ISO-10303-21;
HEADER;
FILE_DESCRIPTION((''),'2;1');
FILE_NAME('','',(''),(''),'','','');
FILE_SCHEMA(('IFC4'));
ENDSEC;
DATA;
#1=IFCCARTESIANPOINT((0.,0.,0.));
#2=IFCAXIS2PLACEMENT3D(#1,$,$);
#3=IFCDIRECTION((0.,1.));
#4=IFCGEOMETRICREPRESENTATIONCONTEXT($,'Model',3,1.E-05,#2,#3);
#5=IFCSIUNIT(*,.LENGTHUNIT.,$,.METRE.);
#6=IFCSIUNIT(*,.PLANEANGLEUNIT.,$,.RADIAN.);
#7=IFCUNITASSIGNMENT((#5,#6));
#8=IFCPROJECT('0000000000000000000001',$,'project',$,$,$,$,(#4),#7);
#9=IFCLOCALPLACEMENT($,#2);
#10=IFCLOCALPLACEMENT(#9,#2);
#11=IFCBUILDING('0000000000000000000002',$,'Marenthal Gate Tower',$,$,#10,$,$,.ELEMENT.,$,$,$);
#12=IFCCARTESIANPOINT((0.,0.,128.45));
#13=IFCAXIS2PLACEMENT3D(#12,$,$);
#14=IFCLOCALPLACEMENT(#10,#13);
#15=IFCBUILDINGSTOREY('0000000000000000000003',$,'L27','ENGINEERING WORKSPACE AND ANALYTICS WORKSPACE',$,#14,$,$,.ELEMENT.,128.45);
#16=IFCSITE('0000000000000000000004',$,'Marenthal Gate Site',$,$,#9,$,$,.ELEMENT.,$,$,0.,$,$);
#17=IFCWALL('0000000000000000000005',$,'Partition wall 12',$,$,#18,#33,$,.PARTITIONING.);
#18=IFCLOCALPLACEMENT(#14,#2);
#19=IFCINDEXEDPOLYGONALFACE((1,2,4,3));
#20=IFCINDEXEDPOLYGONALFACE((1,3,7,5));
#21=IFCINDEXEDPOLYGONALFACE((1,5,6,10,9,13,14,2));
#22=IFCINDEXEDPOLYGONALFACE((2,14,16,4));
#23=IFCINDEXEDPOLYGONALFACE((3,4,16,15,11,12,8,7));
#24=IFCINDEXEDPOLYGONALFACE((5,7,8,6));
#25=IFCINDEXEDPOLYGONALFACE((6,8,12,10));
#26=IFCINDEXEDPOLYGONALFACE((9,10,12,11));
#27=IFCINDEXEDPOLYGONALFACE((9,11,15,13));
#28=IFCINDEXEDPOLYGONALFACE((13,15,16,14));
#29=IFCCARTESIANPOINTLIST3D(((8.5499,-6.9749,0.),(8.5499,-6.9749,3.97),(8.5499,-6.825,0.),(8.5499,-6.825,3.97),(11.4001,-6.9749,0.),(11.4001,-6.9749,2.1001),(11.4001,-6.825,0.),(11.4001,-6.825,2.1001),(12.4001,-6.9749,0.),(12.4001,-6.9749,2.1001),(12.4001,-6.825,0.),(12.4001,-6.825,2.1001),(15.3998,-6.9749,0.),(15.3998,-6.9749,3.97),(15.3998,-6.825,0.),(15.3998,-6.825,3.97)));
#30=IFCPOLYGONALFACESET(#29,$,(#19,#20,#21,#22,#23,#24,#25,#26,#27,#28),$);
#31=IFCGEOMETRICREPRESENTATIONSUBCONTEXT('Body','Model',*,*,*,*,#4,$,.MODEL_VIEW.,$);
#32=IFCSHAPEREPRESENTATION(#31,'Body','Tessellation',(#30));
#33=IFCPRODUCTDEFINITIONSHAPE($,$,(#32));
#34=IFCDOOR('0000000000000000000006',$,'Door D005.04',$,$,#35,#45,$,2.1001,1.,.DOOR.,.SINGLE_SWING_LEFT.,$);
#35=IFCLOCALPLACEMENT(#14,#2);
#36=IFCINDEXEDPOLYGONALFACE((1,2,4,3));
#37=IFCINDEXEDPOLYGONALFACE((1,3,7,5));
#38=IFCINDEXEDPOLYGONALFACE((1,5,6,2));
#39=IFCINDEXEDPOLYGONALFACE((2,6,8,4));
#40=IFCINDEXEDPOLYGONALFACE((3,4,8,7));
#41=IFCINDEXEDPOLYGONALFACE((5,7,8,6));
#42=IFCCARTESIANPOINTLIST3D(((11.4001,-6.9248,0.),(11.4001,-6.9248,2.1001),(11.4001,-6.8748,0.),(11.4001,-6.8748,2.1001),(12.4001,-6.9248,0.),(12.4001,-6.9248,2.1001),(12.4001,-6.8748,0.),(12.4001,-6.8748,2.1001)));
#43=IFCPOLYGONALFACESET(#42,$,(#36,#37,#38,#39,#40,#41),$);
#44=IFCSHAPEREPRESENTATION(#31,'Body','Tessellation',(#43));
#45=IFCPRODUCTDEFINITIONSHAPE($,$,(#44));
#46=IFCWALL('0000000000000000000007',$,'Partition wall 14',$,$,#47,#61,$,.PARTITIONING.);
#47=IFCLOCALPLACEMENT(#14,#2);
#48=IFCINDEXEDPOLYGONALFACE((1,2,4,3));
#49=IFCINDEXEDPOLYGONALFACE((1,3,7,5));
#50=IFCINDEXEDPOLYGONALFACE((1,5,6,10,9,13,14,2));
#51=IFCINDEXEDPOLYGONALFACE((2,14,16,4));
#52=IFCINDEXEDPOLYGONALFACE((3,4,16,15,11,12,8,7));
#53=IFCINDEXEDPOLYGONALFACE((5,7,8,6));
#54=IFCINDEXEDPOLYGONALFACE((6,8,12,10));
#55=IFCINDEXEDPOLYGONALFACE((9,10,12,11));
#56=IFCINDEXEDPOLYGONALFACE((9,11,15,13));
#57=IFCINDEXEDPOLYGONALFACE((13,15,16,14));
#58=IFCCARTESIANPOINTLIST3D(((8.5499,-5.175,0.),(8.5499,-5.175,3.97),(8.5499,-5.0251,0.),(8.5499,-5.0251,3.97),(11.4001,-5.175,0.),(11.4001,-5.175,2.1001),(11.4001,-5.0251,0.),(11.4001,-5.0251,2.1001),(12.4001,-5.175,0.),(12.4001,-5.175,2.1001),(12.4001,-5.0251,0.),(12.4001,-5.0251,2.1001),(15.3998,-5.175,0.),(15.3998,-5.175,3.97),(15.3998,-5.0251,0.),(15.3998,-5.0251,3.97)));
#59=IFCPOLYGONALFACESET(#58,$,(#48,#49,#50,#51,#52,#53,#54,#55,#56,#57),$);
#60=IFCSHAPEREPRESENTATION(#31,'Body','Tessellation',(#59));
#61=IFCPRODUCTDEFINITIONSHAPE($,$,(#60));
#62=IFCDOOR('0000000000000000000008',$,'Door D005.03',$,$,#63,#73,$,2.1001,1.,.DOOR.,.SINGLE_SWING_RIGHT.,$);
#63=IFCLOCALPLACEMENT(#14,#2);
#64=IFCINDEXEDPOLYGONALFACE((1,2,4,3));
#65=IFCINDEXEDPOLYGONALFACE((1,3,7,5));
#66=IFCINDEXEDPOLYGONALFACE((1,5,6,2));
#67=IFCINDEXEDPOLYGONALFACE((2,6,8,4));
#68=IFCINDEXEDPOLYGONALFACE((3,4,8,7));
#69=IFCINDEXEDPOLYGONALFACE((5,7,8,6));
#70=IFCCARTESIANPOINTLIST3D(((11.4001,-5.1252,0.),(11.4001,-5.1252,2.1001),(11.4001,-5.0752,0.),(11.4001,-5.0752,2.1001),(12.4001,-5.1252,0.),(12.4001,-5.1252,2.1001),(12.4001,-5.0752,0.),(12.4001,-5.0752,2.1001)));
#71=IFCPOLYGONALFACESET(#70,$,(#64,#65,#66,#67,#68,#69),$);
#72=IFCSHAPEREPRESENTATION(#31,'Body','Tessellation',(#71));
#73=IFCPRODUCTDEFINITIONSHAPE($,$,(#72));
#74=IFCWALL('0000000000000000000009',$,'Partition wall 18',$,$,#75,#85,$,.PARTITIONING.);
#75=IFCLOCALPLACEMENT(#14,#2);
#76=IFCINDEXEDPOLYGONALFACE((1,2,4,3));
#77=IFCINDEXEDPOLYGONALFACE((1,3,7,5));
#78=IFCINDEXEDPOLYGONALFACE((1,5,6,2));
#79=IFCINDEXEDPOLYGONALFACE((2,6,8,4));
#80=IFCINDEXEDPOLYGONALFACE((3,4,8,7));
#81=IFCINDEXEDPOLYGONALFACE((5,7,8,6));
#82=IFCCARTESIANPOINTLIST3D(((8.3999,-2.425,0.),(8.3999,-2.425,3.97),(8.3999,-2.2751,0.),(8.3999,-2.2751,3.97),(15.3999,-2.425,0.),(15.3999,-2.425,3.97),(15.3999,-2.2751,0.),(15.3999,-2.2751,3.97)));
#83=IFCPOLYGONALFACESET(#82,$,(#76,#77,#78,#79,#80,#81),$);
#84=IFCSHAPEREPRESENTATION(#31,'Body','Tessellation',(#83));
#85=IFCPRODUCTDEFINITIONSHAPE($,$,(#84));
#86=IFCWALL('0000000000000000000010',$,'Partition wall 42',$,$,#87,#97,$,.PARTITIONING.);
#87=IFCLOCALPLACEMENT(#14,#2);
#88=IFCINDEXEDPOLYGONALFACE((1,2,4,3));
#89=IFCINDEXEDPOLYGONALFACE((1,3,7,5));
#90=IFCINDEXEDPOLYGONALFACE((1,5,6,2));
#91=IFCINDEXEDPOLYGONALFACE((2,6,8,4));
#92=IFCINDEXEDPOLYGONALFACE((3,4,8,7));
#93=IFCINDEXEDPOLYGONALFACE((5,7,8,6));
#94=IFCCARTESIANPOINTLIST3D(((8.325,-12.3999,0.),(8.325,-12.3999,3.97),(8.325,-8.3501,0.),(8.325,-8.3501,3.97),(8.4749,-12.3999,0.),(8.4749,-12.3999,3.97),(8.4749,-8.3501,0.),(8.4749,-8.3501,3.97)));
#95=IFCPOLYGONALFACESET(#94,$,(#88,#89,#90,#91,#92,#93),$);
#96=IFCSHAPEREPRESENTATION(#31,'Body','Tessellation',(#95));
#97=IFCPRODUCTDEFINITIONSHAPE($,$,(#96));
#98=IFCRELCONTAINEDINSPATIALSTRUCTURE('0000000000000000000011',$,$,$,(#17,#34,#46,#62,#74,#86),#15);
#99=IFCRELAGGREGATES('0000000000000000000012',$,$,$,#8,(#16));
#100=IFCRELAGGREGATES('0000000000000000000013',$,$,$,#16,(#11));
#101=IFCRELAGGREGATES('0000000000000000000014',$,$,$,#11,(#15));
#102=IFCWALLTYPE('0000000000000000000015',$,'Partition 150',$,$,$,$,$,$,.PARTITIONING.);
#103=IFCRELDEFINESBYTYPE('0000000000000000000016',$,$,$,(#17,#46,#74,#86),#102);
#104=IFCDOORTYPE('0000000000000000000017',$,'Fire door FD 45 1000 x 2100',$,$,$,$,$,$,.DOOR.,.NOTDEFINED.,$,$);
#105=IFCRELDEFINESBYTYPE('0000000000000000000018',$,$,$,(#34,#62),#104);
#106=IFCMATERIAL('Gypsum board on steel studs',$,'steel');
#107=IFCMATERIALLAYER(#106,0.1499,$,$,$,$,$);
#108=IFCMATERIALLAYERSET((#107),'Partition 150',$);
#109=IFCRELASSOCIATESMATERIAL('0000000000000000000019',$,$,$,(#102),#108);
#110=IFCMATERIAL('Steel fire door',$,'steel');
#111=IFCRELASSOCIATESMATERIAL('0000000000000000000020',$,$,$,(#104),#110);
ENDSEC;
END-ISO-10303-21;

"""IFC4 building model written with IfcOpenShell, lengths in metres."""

from ifc_helpers import new_model, si_unit, direction, frame, frame_2d, origin, place, context, subcontext, project, spatial, rectangle, extrude, material, layer, layer_set, type_object, element, fill, save


model = new_model("IFC4")

# Units and contexts
model_context = context("Model", 3, precision=1e-05, world=origin(), true_north=direction((0.0, 1.0)))
body_context = subcontext(model_context, "Body", "Model", "MODEL_VIEW")
ifc_project = project(units=[si_unit("LENGTHUNIT", "METRE"), si_unit("PLANEANGLEUNIT", "RADIAN")], contexts=[model_context])

# Site, building, storey
site_placement = place(None, origin())
site = spatial("IfcSite", under=ifc_project, at=site_placement, Name="Marenthal Gate Site", CompositionType="ELEMENT", RefElevation=0.0)
building_placement = place(site_placement, origin())
building = spatial("IfcBuilding", under=site, at=building_placement, Name="Marenthal Gate Tower", CompositionType="ELEMENT")
storey_placement = place(building_placement, frame((0.0, 0.0, 128.45)))
storey = spatial("IfcBuildingStorey", under=building, at=storey_placement, Name="L27", Description="ENGINEERING WORKSPACE AND ANALYTICS WORKSPACE", CompositionType="ELEMENT", Elevation=128.45)

# Walls, openings, doors
ifc_material_1 = material(Name="Gypsum board on steel studs", Category="steel")
ifc_layer_1 = layer(ifc_material_1, 0.1499)
ifc_layer_set_1 = layer_set([ifc_layer_1], Name="Partition 150")
wall_type_1 = type_object("IfcWallType", Name="Partition 150", PredefinedType="PARTITIONING", material=ifc_layer_set_1)
wall_1_placement = place(storey_placement, frame((8.55, -6.8999, 0.0), z_axis=(0.0, 0.0, 1.0), x_axis=(1.0, 0.0, 0.0)))
wall_1 = element("IfcWall", 1, at=wall_1_placement, inside=storey, type_object=wall_type_1, Name="Partition wall 12", PredefinedType="PARTITIONING", context=body_context, shape_type="SweptSolid", body=[
    extrude(rectangle(XDim=6.8499, YDim=0.1499, at=frame_2d((3.4248, 0.0))), origin(), (0.0, 0.0, 1.0), 3.97),
])
opening_1_placement = place(wall_1_placement, frame((2.8501, 0.0, 0.0)))
opening_1 = element("IfcOpeningElement", 2, at=opening_1_placement, cuts=wall_1, PredefinedType="OPENING", context=body_context, shape_type="SweptSolid", body=[
    extrude(rectangle(XDim=1.0, YDim=2.1001, at=frame_2d((0.5, 1.05))), frame((0.0, 0.085, 0.0), z_axis=(0.0, -1.0, 0.0), x_axis=(1.0, 0.0, 0.0)), (0.0, 0.0, 1.0), 0.1699),
])
ifc_material_2 = material(Name="Steel fire door", Category="steel")
door_type_1 = type_object("IfcDoorType", Name="Fire door FD 45 1000 x 2100", OperationType="NOTDEFINED", PredefinedType="DOOR", material=ifc_material_2)
door_1_placement = place(opening_1_placement, frame((1.0, 0.0, 0.0), z_axis=(0.0, 0.0, 1.0), x_axis=(-1.0, 0.0, 0.0)))
door_1 = element("IfcDoor", 3, at=door_1_placement, inside=storey, type_object=door_type_1, Name="Door D005.04", OperationType="SINGLE_SWING_LEFT", OverallHeight=2.1001, OverallWidth=1.0, PredefinedType="DOOR", context=body_context, shape_type="SweptSolid", body=[
    extrude(rectangle(XDim=1.0, YDim=2.1001, at=frame_2d((0.5, 1.05))), frame((0.0, 0.0249, 0.0), z_axis=(0.0, -1.0, 0.0), x_axis=(1.0, 0.0, 0.0)), (0.0, 0.0, 1.0), 0.05),
])
fill(opening_1, door_1)
wall_2_placement = place(storey_placement, frame((8.55, -5.1001, 0.0), z_axis=(0.0, 0.0, 1.0), x_axis=(1.0, 0.0, 0.0)))
wall_2 = element("IfcWall", 4, at=wall_2_placement, inside=storey, type_object=wall_type_1, Name="Partition wall 14", PredefinedType="PARTITIONING", context=body_context, shape_type="SweptSolid", body=[
    extrude(rectangle(XDim=6.8499, YDim=0.1499, at=frame_2d((3.4248, 0.0))), origin(), (0.0, 0.0, 1.0), 3.97),
])
opening_2_placement = place(wall_2_placement, frame((2.8501, 0.0, 0.0)))
opening_2 = element("IfcOpeningElement", 5, at=opening_2_placement, cuts=wall_2, PredefinedType="OPENING", context=body_context, shape_type="SweptSolid", body=[
    extrude(rectangle(XDim=1.0, YDim=2.1001, at=frame_2d((0.5, 1.05))), frame((0.0, 0.085, 0.0), z_axis=(0.0, -1.0, 0.0), x_axis=(1.0, 0.0, 0.0)), (0.0, 0.0, 1.0), 0.1699),
])
door_2_placement = place(opening_2_placement, origin())
door_2 = element("IfcDoor", 6, at=door_2_placement, inside=storey, type_object=door_type_1, Name="Door D005.03", OperationType="SINGLE_SWING_RIGHT", OverallHeight=2.1001, OverallWidth=1.0, PredefinedType="DOOR", context=body_context, shape_type="SweptSolid", body=[
    extrude(rectangle(XDim=1.0, YDim=2.1001, at=frame_2d((0.5, 1.05))), frame((0.0, 0.0249, 0.0), z_axis=(0.0, -1.0, 0.0), x_axis=(1.0, 0.0, 0.0)), (0.0, 0.0, 1.0), 0.05),
])
fill(opening_2, door_2)

# Walls
wall_3_placement = place(storey_placement, frame((8.3999, -2.3501, 0.0), z_axis=(0.0, 0.0, 1.0), x_axis=(1.0, 0.0, 0.0)))
element("IfcWall", 7, at=wall_3_placement, inside=storey, type_object=wall_type_1, Name="Partition wall 18", PredefinedType="PARTITIONING", context=body_context, shape_type="SweptSolid", body=[
    extrude(rectangle(XDim=7.0, YDim=0.1499, at=frame_2d((3.5, 0.0))), origin(), (0.0, 0.0, 1.0), 3.97),
])
wall_4_placement = place(storey_placement, frame((8.3999, -12.3999, 0.0), z_axis=(0.0, 0.0, 1.0), x_axis=(0.0, 1.0, 0.0)))
element("IfcWall", 8, at=wall_4_placement, inside=storey, type_object=wall_type_1, Name="Partition wall 42", PredefinedType="PARTITIONING", context=body_context, shape_type="SweptSolid", body=[
    extrude(rectangle(XDim=4.0498, YDim=0.1499, at=frame_2d((2.0249, 0.0))), origin(), (0.0, 0.0, 1.0), 3.97),
])

save(model, "model.ifc")
